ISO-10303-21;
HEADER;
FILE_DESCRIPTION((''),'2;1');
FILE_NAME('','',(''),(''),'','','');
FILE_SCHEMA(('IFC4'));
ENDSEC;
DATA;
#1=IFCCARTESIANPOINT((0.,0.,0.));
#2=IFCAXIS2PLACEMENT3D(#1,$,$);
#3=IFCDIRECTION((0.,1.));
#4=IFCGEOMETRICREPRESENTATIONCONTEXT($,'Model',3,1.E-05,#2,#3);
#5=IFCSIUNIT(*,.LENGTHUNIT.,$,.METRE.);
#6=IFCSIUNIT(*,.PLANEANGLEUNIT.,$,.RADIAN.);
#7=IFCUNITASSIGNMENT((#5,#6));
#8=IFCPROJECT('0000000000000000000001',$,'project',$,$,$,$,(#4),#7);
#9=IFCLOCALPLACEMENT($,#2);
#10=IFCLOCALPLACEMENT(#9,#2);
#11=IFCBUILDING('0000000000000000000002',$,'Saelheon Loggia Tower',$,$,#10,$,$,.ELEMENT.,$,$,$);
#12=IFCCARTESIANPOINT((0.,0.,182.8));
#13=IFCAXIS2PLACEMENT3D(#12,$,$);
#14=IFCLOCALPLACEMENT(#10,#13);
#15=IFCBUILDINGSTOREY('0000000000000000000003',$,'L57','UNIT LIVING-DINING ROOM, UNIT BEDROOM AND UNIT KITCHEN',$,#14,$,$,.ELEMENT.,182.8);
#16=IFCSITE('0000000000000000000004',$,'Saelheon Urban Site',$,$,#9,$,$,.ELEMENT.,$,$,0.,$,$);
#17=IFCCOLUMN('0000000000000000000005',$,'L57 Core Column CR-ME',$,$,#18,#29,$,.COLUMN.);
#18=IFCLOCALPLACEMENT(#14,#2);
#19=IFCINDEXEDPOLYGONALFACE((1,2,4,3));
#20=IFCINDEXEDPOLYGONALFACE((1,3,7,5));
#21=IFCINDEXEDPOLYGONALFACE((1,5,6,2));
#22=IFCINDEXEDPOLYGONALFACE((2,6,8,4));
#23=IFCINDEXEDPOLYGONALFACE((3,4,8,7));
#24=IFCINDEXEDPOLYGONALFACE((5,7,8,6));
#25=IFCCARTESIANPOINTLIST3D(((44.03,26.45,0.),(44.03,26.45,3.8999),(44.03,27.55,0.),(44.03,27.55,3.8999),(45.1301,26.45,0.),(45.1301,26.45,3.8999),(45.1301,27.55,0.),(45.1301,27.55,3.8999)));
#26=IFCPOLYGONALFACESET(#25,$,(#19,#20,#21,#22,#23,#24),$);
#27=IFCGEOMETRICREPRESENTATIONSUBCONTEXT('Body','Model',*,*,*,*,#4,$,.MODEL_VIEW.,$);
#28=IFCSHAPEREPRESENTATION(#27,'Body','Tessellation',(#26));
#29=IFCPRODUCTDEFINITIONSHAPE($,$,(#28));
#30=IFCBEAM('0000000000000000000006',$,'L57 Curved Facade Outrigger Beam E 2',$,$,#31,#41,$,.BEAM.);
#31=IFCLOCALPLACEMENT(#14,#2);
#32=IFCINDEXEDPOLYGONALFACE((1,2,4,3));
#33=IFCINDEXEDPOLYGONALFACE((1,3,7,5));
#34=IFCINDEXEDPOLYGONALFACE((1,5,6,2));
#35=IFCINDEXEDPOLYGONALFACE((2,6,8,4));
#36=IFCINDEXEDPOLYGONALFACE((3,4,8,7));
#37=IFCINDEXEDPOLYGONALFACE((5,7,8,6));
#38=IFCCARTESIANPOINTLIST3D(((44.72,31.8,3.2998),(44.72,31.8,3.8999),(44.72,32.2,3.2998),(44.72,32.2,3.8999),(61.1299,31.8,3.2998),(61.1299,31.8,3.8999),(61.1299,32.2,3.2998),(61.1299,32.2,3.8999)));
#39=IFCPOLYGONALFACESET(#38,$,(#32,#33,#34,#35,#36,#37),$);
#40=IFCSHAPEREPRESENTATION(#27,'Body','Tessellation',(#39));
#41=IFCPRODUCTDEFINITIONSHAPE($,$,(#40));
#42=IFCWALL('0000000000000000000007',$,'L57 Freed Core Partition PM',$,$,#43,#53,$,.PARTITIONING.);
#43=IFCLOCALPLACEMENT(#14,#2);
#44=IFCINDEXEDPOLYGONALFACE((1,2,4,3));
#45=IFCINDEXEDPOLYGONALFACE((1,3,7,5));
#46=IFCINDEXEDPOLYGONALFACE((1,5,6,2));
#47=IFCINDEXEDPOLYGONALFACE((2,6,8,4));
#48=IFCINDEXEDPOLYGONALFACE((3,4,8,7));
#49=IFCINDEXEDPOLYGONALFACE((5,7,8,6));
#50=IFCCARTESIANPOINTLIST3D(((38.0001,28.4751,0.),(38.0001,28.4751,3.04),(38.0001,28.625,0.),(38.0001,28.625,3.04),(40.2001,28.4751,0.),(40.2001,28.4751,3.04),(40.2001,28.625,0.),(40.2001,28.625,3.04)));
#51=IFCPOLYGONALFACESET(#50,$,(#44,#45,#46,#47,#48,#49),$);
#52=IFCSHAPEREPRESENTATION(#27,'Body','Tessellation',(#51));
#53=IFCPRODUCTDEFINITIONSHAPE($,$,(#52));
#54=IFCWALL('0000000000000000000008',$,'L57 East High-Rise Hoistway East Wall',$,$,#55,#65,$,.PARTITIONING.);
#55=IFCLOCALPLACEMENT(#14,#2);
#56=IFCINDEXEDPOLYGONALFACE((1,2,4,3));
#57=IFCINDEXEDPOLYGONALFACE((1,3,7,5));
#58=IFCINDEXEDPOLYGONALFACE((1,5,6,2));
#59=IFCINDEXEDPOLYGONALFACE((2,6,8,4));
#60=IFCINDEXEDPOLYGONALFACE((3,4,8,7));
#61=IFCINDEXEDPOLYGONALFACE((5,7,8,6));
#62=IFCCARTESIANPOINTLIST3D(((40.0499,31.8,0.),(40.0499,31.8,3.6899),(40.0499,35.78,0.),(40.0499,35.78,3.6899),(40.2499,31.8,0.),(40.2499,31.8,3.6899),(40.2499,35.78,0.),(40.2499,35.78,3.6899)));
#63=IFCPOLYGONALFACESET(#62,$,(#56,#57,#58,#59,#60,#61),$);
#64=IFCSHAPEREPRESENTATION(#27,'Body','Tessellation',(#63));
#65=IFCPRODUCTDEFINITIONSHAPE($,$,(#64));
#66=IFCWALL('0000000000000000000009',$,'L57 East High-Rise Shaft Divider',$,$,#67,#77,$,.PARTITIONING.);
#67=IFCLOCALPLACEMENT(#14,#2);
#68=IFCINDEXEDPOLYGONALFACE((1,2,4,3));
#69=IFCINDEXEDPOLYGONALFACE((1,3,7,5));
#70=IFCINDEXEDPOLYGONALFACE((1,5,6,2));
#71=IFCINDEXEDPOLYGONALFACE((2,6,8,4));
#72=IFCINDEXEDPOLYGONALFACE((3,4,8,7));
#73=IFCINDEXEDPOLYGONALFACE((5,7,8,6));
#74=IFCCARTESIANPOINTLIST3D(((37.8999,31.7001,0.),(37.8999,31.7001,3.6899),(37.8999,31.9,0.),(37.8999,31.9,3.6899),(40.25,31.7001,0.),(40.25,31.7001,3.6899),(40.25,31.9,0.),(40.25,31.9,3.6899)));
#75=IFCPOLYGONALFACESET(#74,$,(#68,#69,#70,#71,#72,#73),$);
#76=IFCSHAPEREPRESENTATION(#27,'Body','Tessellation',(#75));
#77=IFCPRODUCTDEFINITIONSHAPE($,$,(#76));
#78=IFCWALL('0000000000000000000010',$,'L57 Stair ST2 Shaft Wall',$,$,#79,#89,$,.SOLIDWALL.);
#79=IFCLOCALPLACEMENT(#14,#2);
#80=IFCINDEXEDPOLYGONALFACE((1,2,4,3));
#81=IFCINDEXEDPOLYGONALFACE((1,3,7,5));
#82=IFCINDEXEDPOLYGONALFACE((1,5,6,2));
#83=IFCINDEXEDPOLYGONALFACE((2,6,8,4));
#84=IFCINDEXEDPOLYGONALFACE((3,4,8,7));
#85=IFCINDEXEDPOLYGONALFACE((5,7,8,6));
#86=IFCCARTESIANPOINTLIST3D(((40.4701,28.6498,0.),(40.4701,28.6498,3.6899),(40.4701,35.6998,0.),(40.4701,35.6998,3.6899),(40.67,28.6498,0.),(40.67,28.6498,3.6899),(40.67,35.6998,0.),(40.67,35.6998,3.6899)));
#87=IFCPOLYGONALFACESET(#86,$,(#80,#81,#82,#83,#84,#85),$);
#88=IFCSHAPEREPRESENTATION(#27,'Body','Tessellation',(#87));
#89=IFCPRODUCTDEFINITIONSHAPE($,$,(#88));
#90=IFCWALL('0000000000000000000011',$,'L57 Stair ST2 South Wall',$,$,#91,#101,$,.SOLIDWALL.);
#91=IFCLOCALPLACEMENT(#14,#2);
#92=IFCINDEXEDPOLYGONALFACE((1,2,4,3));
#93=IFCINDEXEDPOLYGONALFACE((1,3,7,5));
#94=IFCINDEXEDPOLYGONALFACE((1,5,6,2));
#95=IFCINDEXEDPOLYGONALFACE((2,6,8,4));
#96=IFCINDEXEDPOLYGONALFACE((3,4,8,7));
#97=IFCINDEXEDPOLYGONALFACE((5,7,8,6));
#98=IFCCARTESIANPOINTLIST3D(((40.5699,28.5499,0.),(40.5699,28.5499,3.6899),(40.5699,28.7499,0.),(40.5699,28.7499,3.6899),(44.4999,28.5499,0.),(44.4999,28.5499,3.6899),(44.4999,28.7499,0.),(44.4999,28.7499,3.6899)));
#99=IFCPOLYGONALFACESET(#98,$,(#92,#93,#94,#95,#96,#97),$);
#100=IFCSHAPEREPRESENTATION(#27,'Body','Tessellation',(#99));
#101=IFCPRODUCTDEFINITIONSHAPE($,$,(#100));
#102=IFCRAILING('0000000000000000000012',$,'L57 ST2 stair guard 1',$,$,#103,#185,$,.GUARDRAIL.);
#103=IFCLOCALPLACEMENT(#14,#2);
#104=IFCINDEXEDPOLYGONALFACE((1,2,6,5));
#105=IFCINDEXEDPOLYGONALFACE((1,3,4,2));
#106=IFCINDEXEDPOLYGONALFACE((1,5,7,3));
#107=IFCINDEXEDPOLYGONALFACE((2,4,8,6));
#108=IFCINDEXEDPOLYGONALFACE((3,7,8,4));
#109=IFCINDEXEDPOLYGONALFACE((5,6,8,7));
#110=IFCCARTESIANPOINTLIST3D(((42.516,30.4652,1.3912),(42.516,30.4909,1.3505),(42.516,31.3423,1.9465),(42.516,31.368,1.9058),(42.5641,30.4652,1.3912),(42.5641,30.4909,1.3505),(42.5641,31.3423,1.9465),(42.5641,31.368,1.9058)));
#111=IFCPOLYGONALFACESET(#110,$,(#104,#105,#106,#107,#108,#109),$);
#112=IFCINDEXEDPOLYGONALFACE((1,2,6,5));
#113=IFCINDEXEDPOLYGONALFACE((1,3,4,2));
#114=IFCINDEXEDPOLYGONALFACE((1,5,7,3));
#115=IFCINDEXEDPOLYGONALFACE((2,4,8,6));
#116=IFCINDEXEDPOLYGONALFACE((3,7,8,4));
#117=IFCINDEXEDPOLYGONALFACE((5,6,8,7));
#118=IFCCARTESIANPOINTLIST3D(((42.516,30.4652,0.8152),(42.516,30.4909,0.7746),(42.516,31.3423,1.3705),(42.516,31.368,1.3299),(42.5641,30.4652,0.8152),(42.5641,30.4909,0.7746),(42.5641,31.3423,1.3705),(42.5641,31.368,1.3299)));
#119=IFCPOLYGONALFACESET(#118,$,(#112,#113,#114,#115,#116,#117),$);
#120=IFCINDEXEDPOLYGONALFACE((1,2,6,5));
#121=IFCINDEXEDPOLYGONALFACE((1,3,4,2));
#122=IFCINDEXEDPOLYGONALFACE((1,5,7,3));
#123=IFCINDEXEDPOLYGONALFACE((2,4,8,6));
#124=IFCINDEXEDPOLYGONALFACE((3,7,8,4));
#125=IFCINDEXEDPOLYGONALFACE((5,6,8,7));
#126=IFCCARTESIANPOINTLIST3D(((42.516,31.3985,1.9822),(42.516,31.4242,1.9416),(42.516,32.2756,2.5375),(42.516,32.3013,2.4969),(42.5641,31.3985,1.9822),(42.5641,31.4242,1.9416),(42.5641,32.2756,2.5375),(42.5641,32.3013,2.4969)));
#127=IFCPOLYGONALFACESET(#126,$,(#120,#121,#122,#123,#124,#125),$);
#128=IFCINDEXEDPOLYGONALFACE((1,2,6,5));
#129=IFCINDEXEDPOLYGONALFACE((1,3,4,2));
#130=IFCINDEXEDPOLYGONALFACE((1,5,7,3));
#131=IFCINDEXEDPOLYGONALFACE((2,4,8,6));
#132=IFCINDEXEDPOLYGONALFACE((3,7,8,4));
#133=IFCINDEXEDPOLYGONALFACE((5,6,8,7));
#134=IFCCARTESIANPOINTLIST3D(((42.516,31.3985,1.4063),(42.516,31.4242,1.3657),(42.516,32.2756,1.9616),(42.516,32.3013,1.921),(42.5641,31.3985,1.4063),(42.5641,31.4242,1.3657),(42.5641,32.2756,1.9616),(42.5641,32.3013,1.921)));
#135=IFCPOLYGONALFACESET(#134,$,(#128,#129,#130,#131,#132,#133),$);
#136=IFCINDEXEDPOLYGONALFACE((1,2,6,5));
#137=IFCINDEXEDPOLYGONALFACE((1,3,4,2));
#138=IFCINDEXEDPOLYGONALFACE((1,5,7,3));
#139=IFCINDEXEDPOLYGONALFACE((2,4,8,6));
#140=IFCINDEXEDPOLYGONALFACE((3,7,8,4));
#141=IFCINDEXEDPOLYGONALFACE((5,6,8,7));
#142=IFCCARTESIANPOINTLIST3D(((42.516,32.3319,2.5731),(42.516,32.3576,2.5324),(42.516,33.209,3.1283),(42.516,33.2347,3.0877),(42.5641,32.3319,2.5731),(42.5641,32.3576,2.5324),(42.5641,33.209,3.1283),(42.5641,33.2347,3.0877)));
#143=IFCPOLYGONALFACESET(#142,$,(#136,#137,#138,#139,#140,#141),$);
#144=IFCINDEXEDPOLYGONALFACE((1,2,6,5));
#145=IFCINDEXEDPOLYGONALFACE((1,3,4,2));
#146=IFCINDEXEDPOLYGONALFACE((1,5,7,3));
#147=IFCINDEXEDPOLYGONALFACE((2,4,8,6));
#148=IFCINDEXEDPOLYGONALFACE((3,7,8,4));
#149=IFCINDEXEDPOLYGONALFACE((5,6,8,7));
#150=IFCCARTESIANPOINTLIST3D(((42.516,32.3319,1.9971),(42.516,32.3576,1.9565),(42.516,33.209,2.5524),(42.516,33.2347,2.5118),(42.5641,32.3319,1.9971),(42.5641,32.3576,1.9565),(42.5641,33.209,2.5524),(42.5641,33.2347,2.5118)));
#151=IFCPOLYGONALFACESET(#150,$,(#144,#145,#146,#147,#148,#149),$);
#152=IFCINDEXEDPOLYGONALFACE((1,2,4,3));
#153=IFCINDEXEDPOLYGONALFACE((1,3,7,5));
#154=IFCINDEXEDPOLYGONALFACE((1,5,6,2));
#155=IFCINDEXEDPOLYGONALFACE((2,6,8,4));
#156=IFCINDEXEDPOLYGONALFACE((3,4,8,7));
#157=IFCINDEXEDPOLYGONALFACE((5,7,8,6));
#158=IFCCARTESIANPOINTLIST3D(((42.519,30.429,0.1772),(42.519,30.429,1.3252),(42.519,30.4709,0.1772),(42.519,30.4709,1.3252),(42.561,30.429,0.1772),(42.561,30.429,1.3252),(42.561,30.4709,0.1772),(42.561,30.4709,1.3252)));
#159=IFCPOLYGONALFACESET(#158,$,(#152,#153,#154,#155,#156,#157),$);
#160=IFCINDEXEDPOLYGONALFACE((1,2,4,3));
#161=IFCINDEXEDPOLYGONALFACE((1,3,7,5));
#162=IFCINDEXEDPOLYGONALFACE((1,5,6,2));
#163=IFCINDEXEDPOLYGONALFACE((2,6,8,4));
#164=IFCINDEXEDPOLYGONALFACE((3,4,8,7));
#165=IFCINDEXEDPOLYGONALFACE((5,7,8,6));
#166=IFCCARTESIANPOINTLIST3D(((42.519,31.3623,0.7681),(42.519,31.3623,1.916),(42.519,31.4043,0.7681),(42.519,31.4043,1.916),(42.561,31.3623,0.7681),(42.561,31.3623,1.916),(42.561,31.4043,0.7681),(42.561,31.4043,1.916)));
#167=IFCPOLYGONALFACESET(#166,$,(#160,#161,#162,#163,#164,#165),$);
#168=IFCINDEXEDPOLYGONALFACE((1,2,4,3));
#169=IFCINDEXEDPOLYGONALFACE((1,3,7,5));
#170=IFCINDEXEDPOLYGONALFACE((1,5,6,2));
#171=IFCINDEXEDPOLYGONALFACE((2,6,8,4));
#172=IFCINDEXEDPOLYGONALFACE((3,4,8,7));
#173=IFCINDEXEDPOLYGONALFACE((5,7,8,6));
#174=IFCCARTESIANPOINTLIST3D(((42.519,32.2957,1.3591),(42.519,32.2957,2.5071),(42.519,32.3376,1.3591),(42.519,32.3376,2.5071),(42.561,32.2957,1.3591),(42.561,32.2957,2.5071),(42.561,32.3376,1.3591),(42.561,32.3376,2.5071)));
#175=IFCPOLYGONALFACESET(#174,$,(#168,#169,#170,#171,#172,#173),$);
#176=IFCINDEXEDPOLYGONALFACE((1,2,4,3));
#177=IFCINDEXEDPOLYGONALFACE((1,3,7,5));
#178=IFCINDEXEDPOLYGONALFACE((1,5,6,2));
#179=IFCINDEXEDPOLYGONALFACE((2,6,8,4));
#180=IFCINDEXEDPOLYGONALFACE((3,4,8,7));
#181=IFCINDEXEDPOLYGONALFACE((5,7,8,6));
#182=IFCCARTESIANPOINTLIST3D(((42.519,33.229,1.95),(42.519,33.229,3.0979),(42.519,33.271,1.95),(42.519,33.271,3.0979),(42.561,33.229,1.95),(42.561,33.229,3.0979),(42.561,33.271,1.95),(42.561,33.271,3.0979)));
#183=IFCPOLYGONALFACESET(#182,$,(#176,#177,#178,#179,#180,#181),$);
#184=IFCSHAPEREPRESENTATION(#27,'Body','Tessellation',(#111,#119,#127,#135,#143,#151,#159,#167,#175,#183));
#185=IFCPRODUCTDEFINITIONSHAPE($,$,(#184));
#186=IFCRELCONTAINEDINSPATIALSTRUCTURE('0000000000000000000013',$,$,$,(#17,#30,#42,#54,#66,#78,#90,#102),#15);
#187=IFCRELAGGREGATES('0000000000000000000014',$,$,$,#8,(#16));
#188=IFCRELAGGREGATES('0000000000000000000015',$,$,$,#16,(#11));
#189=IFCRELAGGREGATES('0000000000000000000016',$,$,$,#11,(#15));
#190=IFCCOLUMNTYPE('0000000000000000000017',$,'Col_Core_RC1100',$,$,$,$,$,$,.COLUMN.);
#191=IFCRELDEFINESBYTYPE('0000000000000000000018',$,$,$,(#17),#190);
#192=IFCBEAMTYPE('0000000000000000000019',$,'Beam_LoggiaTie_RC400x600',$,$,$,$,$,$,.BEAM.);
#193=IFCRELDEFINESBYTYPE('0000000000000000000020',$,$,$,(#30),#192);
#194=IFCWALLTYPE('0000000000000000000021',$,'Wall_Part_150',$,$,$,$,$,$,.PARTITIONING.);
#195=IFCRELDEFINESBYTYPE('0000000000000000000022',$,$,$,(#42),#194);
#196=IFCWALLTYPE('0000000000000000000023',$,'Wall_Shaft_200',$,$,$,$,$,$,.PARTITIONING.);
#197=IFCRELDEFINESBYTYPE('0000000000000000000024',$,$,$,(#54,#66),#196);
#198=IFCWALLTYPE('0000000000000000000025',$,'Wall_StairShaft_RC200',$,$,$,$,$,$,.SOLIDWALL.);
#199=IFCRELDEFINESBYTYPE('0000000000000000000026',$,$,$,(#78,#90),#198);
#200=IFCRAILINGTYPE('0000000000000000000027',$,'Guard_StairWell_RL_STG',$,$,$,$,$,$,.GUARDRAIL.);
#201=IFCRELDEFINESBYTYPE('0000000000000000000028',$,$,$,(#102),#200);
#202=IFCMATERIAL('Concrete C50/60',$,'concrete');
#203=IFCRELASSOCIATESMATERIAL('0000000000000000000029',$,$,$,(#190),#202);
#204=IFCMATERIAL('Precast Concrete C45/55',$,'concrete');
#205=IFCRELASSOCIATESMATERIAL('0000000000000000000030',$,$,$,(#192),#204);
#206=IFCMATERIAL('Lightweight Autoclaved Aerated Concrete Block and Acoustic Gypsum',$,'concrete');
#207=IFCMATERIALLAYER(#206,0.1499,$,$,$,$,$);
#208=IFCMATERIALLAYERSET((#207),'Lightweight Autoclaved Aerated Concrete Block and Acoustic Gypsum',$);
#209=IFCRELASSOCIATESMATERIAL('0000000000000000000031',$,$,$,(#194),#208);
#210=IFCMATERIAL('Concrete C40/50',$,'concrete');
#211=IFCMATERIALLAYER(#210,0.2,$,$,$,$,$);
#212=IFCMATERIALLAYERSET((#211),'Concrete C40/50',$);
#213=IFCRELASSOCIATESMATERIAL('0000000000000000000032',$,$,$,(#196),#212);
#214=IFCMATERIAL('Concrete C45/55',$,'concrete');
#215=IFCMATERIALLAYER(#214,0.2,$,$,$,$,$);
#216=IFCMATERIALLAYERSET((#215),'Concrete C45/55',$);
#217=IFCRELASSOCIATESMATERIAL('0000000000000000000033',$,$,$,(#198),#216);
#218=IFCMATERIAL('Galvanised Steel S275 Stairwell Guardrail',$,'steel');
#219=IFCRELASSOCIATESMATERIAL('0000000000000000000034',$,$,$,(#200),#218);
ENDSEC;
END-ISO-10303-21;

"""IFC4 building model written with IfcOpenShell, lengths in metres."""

from ifc_helpers import new_model, si_unit, direction, frame, frame_2d, origin, origin_2d, place, context, subcontext, project, spatial, rectangle, extrude, source, transform, mapped, material, layer, layer_set, material_profile, profile_set, type_object, element, save


model = new_model("IFC4")

# Units and contexts
model_context = context("Model", 3, precision=1e-05, world=origin(), true_north=direction((0.0, 1.0)))
body_context = subcontext(model_context, "Body", "Model", "MODEL_VIEW")
ifc_project = project(units=[si_unit("LENGTHUNIT", "METRE"), si_unit("PLANEANGLEUNIT", "RADIAN")], contexts=[model_context])

# Site, building, storey
site_placement = place(None, origin())
site = spatial("IfcSite", under=ifc_project, at=site_placement, Name="Saelheon Urban Site", CompositionType="ELEMENT", RefElevation=0.0)
building_placement = place(site_placement, origin())
building = spatial("IfcBuilding", under=site, at=building_placement, Name="Saelheon Loggia Tower", CompositionType="ELEMENT")
storey_placement = place(building_placement, frame((0.0, 0.0, 182.8)))
storey = spatial("IfcBuildingStorey", under=building, at=storey_placement, Name="L57", Description="UNIT LIVING-DINING ROOM, UNIT BEDROOM AND UNIT KITCHEN", CompositionType="ELEMENT", Elevation=182.8)

# Column
ifc_material_1 = material(Name="Concrete C50/60", Category="concrete")
ifc_material_profile_1 = material_profile(ifc_material_1, rectangle(XDim=1.1001, YDim=1.1001, at=origin_2d()), Name="RC-1100x1100")
ifc_profile_set_1 = profile_set([ifc_material_profile_1], Name="Concrete C50/60")
column_type = type_object("IfcColumnType", Name="Col_Core_RC1100", PredefinedType="COLUMN", material=ifc_profile_set_1)
shared_shape_1 = source(origin(), body_context, "Body", "SweptSolid", [
    extrude(rectangle(XDim=1.1001, YDim=1.1001, at=origin_2d()), origin(), (0.0, 0.0, 1.0), 3.8999),
])
column_placement = place(storey_placement, frame((44.5801, 27.0, 0.0), z_axis=(0.0, 0.0, 1.0), x_axis=(1.0, 0.0, 0.0)))
element("IfcColumn", 1, at=column_placement, inside=storey, type_object=column_type, Name="L57 Core Column CR-ME", PredefinedType="COLUMN", context=body_context, shape_type="MappedRepresentation", body=[
    mapped(shared_shape_1, transform((0.0, 0.0, 0.0), scale=1.0)),
])

# Beam
ifc_material_2 = material(Name="Precast Concrete C45/55", Category="concrete")
ifc_material_profile_2 = material_profile(ifc_material_2, rectangle(XDim=0.3999, YDim=0.6001, at=origin_2d()), Name="RC-400x600")
ifc_profile_set_2 = profile_set([ifc_material_profile_2], Name="Precast Concrete C45/55")
beam_type = type_object("IfcBeamType", Name="Beam_LoggiaTie_RC400x600", PredefinedType="BEAM", material=ifc_profile_set_2)
shared_shape_2 = source(origin(), body_context, "Body", "SweptSolid", [
    extrude(rectangle(XDim=0.3999, YDim=0.6001, at=origin_2d()), origin(), (0.0, 0.0, 1.0), 16.4099),
])
beam_placement = place(storey_placement, frame((44.72, 32.0, 3.5999), z_axis=(1.0, 0.0, 0.0), x_axis=(0.0, 1.0, 0.0)))
element("IfcBeam", 2, at=beam_placement, inside=storey, type_object=beam_type, Name="L57 Curved Facade Outrigger Beam E 2", PredefinedType="BEAM", context=body_context, shape_type="MappedRepresentation", body=[
    mapped(shared_shape_2, transform((0.0, 0.0, 0.0), scale=1.0)),
])

# Walls
ifc_material_3 = material(Name="Lightweight Autoclaved Aerated Concrete Block and Acoustic Gypsum", Category="concrete")
ifc_layer_1 = layer(ifc_material_3, 0.1499)
ifc_layer_set_1 = layer_set([ifc_layer_1], Name="Lightweight Autoclaved Aerated Concrete Block and Acoustic Gypsum")
wall_type_1 = type_object("IfcWallType", Name="Wall_Part_150", PredefinedType="PARTITIONING", material=ifc_layer_set_1)
wall_1_placement = place(storey_placement, frame((38.0, 28.55, 0.0), z_axis=(0.0, 0.0, 1.0), x_axis=(1.0, 0.0, 0.0)))
element("IfcWall", 3, at=wall_1_placement, inside=storey, type_object=wall_type_1, Name="L57 Freed Core Partition PM", PredefinedType="PARTITIONING", context=body_context, shape_type="SweptSolid", body=[
    extrude(rectangle(XDim=2.2, YDim=0.1499, at=frame_2d((1.1001, 0.0))), origin(), (0.0, 0.0, 1.0), 3.04),
])
ifc_material_4 = material(Name="Concrete C40/50", Category="concrete")
ifc_layer_2 = layer(ifc_material_4, 0.2)
ifc_layer_set_2 = layer_set([ifc_layer_2], Name="Concrete C40/50")
wall_type_2 = type_object("IfcWallType", Name="Wall_Shaft_200", PredefinedType="PARTITIONING", material=ifc_layer_set_2)
wall_2_placement = place(storey_placement, frame((40.1499, 31.8, 0.0), z_axis=(0.0, 0.0, 1.0), x_axis=(0.0, 1.0, 0.0)))
element("IfcWall", 4, at=wall_2_placement, inside=storey, type_object=wall_type_2, Name="L57 East High-Rise Hoistway East Wall", PredefinedType="PARTITIONING", context=body_context, shape_type="SweptSolid", body=[
    extrude(rectangle(XDim=3.98, YDim=0.2, at=frame_2d((1.99, 0.0))), origin(), (0.0, 0.0, 1.0), 3.6899),
])
wall_3_placement = place(storey_placement, frame((37.8999, 31.8, 0.0), z_axis=(0.0, 0.0, 1.0), x_axis=(1.0, 0.0, 0.0)))
element("IfcWall", 5, at=wall_3_placement, inside=storey, type_object=wall_type_2, Name="L57 East High-Rise Shaft Divider", PredefinedType="PARTITIONING", context=body_context, shape_type="SweptSolid", body=[
    extrude(rectangle(XDim=2.3501, YDim=0.2, at=frame_2d((1.175, 0.0))), origin(), (0.0, 0.0, 1.0), 3.6899),
])
ifc_material_5 = material(Name="Concrete C45/55", Category="concrete")
ifc_layer_3 = layer(ifc_material_5, 0.2)
ifc_layer_set_3 = layer_set([ifc_layer_3], Name="Concrete C45/55")
wall_type_3 = type_object("IfcWallType", Name="Wall_StairShaft_RC200", PredefinedType="SOLIDWALL", material=ifc_layer_set_3)
wall_4_placement = place(storey_placement, frame((40.5701, 28.6499, 0.0), z_axis=(0.0, 0.0, 1.0), x_axis=(0.0, 1.0, 0.0)))
element("IfcWall", 6, at=wall_4_placement, inside=storey, type_object=wall_type_3, Name="L57 Stair ST2 Shaft Wall", PredefinedType="SOLIDWALL", context=body_context, shape_type="SweptSolid", body=[
    extrude(rectangle(XDim=7.05, YDim=0.2, at=frame_2d((3.5249, 0.0))), origin(), (0.0, 0.0, 1.0), 3.6899),
])
wall_5_placement = place(storey_placement, frame((40.5701, 28.6499, 0.0), z_axis=(0.0, 0.0, 1.0), x_axis=(1.0, 0.0, 0.0)))
element("IfcWall", 7, at=wall_5_placement, inside=storey, type_object=wall_type_3, Name="L57 Stair ST2 South Wall", PredefinedType="SOLIDWALL", context=body_context, shape_type="SweptSolid", body=[
    extrude(rectangle(XDim=3.9299, YDim=0.2, at=frame_2d((1.9648, 0.0))), origin(), (0.0, 0.0, 1.0), 3.6899),
])

# Railing
ifc_material_6 = material(Name="Galvanised Steel S275 Stairwell Guardrail", Category="steel")
railing_type_1 = type_object("IfcRailingType", Name="Guard_StairWell_RL_STG", PredefinedType="GUARDRAIL", material=ifc_material_6)
railing_1_placement = place(storey_placement, frame((42.54, 30.45, 0.1772)))
element("IfcRailing", 8, at=railing_1_placement, inside=storey, type_object=railing_type_1, Name="L57 ST2 stair guard 1", PredefinedType="GUARDRAIL", context=body_context, shape_type="SweptSolid", body=[
    extrude(rectangle(XDim=0.0481, YDim=0.0481, at=origin_2d()), frame((0.0, 0.0281, 1.1936), z_axis=(0.0, 0.844909, 0.53491), x_axis=(-1.0, 0.0, 0.0)), (0.0, 0.0, 1.0), 1.0381),
    extrude(rectangle(XDim=0.0481, YDim=0.0481, at=origin_2d()), frame((0.0, 0.0281, 0.6177), z_axis=(0.0, 0.844909, 0.53491), x_axis=(-1.0, 0.0, 0.0)), (0.0, 0.0, 1.0), 1.0381),
    extrude(rectangle(XDim=0.0481, YDim=0.0481, at=origin_2d()), frame((0.0, 0.9614, 1.7847), z_axis=(0.0, 0.844909, 0.53491), x_axis=(-1.0, 0.0, 0.0)), (0.0, 0.0, 1.0), 1.0381),
    extrude(rectangle(XDim=0.0481, YDim=0.0481, at=origin_2d()), frame((0.0, 0.9614, 1.2087), z_axis=(0.0, 0.844909, 0.53491), x_axis=(-1.0, 0.0, 0.0)), (0.0, 0.0, 1.0), 1.0381),
    extrude(rectangle(XDim=0.0481, YDim=0.0481, at=origin_2d()), frame((0.0, 1.8948, 2.3755), z_axis=(0.0, 0.844909, 0.53491), x_axis=(-1.0, 0.0, 0.0)), (0.0, 0.0, 1.0), 1.0381),
    extrude(rectangle(XDim=0.0481, YDim=0.0481, at=origin_2d()), frame((0.0, 1.8948, 1.7996), z_axis=(0.0, 0.844909, 0.53491), x_axis=(-1.0, 0.0, 0.0)), (0.0, 0.0, 1.0), 1.0381),
    extrude(rectangle(XDim=0.042, YDim=0.042, at=origin_2d()), origin(), (0.0, 0.0, 1.0), 1.1479),
    extrude(rectangle(XDim=0.042, YDim=0.042, at=origin_2d()), frame((0.0, 0.9333, 0.5908)), (0.0, 0.0, 1.0), 1.1479),
    extrude(rectangle(XDim=0.042, YDim=0.042, at=origin_2d()), frame((0.0, 1.8667, 1.1819)), (0.0, 0.0, 1.0), 1.1479),
    extrude(rectangle(XDim=0.042, YDim=0.042, at=origin_2d()), frame((0.0, 2.8, 1.7727)), (0.0, 0.0, 1.0), 1.1479),
])

save(model, "model.ifc")
